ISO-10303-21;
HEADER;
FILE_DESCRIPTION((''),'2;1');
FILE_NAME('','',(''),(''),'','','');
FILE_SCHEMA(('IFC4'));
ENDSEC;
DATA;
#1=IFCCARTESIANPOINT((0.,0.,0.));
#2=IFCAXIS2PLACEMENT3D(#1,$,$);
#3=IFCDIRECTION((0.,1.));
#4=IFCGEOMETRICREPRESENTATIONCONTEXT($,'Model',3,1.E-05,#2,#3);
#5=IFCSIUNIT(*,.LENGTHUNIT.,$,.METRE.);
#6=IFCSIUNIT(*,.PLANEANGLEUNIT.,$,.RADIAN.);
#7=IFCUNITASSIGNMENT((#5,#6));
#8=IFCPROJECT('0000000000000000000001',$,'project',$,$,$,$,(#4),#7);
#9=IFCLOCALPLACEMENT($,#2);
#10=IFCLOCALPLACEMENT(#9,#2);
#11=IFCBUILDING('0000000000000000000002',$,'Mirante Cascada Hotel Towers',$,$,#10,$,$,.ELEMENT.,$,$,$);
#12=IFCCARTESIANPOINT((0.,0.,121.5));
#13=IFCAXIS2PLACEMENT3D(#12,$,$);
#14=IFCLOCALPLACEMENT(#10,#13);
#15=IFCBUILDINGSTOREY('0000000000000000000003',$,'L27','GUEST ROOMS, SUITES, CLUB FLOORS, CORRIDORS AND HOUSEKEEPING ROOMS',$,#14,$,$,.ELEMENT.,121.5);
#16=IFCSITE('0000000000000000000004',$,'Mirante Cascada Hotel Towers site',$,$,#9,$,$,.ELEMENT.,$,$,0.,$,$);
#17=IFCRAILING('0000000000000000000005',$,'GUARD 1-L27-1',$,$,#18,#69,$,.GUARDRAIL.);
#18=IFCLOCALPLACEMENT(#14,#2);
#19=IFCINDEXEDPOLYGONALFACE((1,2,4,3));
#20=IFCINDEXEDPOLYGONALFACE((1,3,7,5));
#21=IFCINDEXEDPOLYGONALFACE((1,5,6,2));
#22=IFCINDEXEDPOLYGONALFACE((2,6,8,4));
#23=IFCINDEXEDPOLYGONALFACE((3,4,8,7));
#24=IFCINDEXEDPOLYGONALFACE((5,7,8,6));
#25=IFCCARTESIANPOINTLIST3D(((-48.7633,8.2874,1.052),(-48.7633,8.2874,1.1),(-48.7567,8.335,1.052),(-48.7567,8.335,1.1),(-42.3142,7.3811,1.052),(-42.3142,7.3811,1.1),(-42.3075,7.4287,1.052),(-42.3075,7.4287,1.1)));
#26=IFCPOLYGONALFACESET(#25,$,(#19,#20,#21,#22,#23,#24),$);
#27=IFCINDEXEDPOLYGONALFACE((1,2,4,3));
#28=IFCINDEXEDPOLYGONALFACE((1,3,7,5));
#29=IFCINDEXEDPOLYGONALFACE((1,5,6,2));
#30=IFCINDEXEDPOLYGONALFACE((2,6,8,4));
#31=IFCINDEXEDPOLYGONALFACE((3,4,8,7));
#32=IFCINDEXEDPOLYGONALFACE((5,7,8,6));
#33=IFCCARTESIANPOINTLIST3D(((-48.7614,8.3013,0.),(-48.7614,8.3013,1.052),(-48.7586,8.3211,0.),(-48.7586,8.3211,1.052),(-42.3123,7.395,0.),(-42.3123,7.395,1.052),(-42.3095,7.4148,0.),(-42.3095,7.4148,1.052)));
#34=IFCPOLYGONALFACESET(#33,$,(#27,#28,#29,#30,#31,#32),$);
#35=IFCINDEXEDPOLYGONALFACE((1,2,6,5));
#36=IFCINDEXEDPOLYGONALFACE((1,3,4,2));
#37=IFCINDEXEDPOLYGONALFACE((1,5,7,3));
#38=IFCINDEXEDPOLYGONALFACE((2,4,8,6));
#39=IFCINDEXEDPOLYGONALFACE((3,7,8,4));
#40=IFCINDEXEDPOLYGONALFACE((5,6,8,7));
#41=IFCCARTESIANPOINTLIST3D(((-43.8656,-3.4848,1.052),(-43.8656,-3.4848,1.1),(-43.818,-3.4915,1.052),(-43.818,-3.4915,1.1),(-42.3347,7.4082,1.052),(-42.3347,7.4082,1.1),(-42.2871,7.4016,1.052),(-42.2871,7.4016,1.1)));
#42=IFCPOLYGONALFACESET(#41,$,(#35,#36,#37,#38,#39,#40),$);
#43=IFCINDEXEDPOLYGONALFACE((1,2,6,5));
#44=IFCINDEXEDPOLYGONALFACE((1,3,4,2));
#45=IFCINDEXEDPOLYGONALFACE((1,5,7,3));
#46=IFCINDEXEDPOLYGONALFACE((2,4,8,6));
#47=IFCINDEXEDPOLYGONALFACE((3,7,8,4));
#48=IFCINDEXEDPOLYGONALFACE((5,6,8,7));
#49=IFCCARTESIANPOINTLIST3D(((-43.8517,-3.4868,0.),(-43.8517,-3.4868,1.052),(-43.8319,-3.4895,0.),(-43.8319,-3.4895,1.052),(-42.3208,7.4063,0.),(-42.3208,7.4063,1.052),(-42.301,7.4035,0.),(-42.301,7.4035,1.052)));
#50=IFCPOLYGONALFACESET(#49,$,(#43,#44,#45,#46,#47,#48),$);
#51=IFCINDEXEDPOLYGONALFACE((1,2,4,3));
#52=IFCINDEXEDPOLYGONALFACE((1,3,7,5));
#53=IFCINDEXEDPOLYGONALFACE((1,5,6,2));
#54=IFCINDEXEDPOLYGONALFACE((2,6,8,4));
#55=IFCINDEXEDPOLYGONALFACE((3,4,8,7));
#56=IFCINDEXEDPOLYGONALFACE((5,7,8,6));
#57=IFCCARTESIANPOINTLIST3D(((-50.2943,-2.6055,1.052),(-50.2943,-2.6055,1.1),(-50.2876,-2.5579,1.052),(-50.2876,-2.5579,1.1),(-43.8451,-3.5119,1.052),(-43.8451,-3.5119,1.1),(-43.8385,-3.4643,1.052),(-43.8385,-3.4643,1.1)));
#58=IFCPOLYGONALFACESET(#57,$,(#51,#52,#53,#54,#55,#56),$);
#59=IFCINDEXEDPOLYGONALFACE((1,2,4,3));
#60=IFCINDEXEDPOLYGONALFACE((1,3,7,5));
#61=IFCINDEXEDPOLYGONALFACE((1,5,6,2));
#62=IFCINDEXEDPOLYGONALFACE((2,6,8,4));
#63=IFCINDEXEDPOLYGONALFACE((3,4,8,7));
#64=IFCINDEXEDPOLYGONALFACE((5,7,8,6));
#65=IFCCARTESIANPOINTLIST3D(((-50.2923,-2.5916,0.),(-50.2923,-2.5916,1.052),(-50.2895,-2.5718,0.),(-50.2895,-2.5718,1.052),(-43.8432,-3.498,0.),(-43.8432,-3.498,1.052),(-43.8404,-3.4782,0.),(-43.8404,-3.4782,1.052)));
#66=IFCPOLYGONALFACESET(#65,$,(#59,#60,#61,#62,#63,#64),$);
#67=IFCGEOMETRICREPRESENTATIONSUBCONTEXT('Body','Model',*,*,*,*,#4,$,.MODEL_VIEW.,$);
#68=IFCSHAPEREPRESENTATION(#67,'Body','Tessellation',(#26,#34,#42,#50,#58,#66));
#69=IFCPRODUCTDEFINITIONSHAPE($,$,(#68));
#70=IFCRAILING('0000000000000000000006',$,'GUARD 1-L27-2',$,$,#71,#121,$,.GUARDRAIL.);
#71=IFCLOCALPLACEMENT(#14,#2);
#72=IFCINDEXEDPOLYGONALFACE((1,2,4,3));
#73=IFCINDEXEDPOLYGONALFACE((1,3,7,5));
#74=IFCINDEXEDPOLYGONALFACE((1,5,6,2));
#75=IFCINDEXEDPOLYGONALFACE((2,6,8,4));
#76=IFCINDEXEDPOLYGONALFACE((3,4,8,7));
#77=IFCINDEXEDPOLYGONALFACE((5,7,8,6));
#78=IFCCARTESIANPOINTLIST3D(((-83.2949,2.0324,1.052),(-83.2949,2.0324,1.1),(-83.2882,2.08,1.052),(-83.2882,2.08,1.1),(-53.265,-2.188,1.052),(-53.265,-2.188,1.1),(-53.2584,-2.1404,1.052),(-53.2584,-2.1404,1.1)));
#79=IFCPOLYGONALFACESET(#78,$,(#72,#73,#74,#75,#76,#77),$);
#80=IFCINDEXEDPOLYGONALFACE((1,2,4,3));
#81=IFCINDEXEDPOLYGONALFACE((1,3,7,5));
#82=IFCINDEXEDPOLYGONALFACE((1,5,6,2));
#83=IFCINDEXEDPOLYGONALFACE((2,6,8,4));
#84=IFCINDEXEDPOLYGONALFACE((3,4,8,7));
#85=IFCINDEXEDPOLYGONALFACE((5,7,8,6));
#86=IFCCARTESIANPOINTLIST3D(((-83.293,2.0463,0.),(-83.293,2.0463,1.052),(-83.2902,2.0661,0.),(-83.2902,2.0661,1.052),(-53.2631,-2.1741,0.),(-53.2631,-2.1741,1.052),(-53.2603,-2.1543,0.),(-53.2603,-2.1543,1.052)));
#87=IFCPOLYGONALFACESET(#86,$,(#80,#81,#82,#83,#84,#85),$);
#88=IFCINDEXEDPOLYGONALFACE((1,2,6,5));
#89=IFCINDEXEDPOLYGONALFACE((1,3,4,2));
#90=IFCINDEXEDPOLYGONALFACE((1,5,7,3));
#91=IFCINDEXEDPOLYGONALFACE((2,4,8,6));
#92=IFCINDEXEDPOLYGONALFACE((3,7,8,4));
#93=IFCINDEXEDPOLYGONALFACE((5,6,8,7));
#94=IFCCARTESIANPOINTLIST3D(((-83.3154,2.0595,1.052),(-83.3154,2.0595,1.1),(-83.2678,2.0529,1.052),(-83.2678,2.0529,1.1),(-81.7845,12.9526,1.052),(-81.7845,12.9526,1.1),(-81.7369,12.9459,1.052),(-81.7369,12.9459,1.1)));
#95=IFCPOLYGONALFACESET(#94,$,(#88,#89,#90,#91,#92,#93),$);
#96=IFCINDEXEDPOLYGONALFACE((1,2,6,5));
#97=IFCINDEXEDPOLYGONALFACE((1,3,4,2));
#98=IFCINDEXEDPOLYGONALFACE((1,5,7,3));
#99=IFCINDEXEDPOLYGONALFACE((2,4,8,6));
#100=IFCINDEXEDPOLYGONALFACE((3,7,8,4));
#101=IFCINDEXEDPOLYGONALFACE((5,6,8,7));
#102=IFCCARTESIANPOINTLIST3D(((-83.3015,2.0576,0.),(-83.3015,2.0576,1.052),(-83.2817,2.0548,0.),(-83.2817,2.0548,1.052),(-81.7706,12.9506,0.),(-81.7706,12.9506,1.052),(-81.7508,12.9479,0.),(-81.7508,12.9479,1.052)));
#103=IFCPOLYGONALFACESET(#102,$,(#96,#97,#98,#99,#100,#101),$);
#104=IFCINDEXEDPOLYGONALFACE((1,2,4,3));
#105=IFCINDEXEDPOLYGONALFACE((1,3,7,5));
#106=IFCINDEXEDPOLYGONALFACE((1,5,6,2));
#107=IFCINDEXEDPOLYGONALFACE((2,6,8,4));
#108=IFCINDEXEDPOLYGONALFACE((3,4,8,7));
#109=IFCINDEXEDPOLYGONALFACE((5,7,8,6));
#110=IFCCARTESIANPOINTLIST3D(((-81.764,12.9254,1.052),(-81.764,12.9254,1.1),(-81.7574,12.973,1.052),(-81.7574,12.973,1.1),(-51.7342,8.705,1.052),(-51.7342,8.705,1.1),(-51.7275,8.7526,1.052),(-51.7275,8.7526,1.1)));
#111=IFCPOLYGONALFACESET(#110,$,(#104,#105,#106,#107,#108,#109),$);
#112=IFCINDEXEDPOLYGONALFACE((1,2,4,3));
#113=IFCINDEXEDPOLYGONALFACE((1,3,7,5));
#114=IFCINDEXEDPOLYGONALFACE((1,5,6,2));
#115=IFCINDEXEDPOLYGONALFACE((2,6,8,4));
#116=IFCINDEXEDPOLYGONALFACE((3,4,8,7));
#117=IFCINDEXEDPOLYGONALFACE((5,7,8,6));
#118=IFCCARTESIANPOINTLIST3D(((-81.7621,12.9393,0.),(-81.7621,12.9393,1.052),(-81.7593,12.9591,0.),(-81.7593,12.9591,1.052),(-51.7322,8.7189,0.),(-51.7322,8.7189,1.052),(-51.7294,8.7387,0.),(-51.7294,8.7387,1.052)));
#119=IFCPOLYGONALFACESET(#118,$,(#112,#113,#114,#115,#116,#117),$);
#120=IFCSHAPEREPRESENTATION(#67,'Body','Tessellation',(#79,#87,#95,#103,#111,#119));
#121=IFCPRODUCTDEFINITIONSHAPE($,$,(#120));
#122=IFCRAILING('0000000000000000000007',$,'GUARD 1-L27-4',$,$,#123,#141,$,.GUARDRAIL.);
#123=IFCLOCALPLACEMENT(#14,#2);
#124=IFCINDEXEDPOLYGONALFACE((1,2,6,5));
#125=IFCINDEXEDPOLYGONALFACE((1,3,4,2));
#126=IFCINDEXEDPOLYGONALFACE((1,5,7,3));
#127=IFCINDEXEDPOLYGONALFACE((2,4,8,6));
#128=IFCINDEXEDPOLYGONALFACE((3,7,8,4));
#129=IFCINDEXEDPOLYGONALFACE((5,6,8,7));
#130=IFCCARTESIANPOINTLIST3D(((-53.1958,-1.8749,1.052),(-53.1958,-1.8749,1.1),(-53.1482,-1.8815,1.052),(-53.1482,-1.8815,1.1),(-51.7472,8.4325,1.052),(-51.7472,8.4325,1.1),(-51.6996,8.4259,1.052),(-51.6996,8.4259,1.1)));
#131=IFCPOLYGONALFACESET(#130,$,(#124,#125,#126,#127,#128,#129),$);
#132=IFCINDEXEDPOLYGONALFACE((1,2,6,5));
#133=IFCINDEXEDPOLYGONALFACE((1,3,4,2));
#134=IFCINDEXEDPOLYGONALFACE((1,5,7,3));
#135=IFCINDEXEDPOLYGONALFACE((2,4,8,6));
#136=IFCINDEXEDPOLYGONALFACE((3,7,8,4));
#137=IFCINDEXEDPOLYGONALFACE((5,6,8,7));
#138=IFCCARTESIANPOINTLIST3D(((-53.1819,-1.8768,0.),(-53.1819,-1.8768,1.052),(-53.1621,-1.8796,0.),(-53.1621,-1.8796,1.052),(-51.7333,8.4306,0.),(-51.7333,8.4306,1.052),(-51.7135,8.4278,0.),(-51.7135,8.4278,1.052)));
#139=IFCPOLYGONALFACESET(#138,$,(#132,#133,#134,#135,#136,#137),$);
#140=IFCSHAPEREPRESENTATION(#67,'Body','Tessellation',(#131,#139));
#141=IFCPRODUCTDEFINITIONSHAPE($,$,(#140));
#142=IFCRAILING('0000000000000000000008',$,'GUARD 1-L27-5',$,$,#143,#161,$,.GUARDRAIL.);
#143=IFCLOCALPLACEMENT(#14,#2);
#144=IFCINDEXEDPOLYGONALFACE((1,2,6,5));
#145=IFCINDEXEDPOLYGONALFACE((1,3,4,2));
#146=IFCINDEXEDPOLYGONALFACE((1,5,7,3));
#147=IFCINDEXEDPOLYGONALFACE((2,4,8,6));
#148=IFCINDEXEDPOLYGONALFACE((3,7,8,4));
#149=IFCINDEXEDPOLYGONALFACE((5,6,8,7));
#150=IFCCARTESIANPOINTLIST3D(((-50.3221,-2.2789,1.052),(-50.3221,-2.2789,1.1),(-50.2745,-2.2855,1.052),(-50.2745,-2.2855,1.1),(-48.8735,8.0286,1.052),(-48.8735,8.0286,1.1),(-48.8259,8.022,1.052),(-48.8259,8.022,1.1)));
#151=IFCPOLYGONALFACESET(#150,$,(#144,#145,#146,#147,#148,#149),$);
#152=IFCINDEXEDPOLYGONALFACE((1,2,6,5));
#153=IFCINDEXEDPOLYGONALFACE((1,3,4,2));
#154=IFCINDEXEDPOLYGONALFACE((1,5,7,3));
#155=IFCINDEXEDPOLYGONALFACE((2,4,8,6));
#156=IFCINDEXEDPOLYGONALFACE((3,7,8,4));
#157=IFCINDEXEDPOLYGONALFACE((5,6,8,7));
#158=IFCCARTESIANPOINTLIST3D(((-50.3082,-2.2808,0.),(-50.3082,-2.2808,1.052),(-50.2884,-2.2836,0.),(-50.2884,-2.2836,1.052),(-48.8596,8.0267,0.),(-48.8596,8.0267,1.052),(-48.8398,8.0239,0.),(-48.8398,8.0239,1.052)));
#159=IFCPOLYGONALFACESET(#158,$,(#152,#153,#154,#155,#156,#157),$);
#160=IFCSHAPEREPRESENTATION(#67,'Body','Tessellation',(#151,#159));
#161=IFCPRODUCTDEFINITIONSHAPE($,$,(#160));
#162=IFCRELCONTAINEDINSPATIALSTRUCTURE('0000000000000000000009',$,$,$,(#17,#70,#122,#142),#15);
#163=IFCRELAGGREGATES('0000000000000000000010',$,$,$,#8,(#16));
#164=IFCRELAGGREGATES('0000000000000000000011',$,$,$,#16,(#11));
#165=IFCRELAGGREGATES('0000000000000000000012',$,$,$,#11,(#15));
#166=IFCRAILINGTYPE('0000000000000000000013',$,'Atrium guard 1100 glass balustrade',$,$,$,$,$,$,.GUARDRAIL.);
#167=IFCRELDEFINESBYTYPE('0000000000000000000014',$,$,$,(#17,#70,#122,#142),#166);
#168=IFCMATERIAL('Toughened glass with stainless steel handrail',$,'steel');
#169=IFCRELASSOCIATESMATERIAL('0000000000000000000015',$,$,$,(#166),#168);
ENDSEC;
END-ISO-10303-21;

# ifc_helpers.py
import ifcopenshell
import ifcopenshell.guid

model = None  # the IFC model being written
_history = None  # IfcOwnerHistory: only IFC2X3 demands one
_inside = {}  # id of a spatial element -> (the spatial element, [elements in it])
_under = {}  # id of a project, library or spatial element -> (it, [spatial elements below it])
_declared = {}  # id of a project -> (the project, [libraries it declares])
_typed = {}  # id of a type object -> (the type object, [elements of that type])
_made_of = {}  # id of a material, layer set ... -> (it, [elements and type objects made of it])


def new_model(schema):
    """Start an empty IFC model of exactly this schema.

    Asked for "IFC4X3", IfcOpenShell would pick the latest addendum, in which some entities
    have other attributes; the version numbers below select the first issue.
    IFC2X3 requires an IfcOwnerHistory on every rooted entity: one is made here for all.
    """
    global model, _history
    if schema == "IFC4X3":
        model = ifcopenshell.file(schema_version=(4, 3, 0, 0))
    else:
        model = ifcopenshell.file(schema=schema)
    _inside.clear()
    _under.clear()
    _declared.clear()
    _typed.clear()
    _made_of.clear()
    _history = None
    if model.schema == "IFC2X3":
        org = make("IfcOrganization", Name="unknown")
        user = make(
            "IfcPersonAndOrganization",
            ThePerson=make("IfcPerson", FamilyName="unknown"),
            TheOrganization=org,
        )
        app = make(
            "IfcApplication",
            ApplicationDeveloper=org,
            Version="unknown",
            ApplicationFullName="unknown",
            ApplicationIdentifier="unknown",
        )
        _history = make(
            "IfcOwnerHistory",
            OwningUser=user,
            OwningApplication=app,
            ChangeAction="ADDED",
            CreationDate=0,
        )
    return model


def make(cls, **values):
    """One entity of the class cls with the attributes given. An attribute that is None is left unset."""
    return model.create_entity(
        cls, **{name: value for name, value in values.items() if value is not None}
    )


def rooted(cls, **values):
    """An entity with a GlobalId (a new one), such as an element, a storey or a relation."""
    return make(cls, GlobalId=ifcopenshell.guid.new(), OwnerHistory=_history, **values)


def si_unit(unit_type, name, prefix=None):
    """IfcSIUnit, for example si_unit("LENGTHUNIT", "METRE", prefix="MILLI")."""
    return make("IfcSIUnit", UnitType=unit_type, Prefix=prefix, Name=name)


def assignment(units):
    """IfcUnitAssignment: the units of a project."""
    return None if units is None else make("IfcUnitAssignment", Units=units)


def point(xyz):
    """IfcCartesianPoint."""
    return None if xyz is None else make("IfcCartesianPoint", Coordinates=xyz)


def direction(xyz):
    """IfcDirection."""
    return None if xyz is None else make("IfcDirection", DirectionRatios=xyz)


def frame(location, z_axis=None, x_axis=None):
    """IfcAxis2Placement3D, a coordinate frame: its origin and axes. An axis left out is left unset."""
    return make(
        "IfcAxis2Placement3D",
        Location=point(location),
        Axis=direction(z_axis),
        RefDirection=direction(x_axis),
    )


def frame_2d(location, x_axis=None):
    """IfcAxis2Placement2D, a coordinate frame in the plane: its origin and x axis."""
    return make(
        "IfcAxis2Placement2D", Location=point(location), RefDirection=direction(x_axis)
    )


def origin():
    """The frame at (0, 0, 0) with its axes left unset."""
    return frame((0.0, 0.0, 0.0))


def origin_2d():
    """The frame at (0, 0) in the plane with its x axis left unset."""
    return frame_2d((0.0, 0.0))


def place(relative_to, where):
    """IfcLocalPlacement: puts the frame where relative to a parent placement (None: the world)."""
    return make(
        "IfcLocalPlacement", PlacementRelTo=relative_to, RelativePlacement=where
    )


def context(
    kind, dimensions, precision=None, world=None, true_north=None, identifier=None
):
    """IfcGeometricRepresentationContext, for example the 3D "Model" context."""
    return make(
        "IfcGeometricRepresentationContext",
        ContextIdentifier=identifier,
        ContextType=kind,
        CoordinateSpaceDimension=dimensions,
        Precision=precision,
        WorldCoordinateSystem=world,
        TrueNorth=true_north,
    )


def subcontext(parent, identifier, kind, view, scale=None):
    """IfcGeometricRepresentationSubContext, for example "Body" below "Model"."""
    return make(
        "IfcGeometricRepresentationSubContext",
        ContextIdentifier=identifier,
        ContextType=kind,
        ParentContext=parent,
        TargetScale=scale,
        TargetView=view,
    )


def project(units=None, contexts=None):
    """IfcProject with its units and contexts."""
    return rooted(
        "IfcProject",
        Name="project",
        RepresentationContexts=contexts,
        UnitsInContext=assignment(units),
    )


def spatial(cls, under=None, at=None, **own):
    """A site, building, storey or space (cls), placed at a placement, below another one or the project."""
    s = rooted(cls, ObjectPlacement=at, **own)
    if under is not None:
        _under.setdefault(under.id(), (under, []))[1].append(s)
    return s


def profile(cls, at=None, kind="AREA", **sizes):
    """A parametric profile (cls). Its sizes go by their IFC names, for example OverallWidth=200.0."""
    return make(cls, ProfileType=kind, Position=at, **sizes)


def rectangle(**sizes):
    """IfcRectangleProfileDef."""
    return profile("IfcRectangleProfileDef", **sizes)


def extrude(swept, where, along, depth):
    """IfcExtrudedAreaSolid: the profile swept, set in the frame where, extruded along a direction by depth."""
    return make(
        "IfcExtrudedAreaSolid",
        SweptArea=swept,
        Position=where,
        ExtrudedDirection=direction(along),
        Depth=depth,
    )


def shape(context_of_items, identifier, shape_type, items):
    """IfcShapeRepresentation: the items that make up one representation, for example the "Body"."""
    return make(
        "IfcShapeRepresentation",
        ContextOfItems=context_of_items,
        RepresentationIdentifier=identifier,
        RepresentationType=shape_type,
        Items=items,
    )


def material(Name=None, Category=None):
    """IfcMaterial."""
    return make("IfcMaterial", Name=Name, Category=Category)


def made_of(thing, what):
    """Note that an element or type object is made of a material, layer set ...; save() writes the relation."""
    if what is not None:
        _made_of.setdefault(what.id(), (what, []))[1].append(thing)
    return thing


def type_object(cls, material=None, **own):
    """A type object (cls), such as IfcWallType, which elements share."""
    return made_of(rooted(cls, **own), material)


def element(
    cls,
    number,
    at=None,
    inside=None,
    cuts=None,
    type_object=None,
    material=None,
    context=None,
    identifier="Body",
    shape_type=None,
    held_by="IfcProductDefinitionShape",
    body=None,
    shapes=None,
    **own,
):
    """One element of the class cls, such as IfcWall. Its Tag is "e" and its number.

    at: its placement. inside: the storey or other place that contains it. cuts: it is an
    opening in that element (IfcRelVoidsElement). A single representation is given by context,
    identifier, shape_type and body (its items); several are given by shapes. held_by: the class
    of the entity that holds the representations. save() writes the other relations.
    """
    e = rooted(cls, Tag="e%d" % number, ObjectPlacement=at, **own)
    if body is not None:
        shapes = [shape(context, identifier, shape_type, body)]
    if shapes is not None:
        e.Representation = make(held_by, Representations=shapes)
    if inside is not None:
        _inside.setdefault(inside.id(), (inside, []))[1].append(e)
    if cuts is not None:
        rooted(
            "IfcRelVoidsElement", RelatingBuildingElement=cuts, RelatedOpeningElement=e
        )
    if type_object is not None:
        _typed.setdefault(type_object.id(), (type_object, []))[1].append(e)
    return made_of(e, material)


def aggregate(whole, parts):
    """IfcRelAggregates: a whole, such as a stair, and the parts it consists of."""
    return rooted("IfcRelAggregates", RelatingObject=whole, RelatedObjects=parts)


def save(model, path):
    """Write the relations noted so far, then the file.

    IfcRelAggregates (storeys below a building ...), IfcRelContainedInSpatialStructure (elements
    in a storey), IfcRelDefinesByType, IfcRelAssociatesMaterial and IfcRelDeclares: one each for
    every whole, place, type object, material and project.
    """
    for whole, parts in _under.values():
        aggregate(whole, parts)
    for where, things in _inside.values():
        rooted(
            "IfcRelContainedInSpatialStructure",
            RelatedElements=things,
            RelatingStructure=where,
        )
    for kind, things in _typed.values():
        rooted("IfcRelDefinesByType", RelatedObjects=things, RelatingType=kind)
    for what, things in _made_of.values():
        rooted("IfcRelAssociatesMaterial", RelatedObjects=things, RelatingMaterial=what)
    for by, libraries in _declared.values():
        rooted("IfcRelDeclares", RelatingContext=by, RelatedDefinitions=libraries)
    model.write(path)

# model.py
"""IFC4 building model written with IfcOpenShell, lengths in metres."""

from ifc_helpers import new_model, si_unit, direction, frame, origin, origin_2d, place, context, subcontext, project, spatial, rectangle, extrude, material, type_object, element, save


model = new_model("IFC4")

# Units and contexts
model_context = context("Model", 3, precision=1e-05, world=origin(), true_north=direction((0.0, 1.0)))
body_context = subcontext(model_context, "Body", "Model", "MODEL_VIEW")
ifc_project = project(units=[si_unit("LENGTHUNIT", "METRE"), si_unit("PLANEANGLEUNIT", "RADIAN")], contexts=[model_context])

# Site, building, storey
site_placement = place(None, origin())
site = spatial("IfcSite", under=ifc_project, at=site_placement, Name="Mirante Cascada Hotel Towers site", CompositionType="ELEMENT", RefElevation=0.0)
building_placement = place(site_placement, origin())
building = spatial("IfcBuilding", under=site, at=building_placement, Name="Mirante Cascada Hotel Towers", CompositionType="ELEMENT")
storey_placement = place(building_placement, frame((0.0, 0.0, 121.5)))
storey = spatial("IfcBuildingStorey", under=building, at=storey_placement, Name="L27", Description="GUEST ROOMS, SUITES, CLUB FLOORS, CORRIDORS AND HOUSEKEEPING ROOMS", CompositionType="ELEMENT", Elevation=121.5)

# Railings
ifc_material_1 = material(Name="Toughened glass with stainless steel handrail", Category="steel")
railing_type = type_object("IfcRailingType", Name="Atrium guard 1100 glass balustrade", PredefinedType="GUARDRAIL", material=ifc_material_1)
railing_1_placement = place(storey_placement, frame((-48.76, 8.3112, 0.0)))
element("IfcRailing", 1, at=railing_1_placement, inside=storey, type_object=railing_type, Name="GUARD 1-L27-1", PredefinedType="GUARDRAIL", context=body_context, shape_type="SweptSolid", body=[
    extrude(rectangle(XDim=0.048, YDim=0.048, at=origin_2d()), frame((0.0, 0.0, 1.076), z_axis=(0.990269, -0.139164, 0.0), x_axis=(0.139164, 0.990269, 0.0)), (0.0, 0.0, 1.0), 6.5125),
    extrude(rectangle(XDim=0.02, YDim=1.052, at=origin_2d()), frame((0.0, 0.0, 0.526), z_axis=(0.990269, -0.139164, 0.0), x_axis=(0.139164, 0.990269, 0.0)), (0.0, 0.0, 1.0), 6.5125),
    extrude(rectangle(XDim=0.048, YDim=0.048, at=origin_2d()), frame((6.4491, -0.9063, 1.076), z_axis=(-0.139172, -0.990268, 0.0), x_axis=(0.990268, -0.139172, 0.0)), (0.0, 0.0, 1.0), 11.0001),
    extrude(rectangle(XDim=0.02, YDim=1.052, at=origin_2d()), frame((6.4491, -0.9063, 0.526), z_axis=(-0.139172, -0.990268, 0.0), x_axis=(0.990268, -0.139172, 0.0)), (0.0, 0.0, 1.0), 11.0001),
    extrude(rectangle(XDim=0.048, YDim=0.048, at=origin_2d()), frame((4.9182, -11.7993, 1.076), z_axis=(-0.990267, 0.139179, 0.0), x_axis=(-0.139179, -0.990267, 0.0)), (0.0, 0.0, 1.0), 6.5125),
    extrude(rectangle(XDim=0.02, YDim=1.052, at=origin_2d()), frame((4.9182, -11.7993, 0.526), z_axis=(-0.990267, 0.139179, 0.0), x_axis=(-0.139179, -0.990267, 0.0)), (0.0, 0.0, 1.0), 6.5125),
])
railing_2_placement = place(storey_placement, frame((-53.2617, -2.1642, 0.0)))
element("IfcRailing", 2, at=railing_2_placement, inside=storey, type_object=railing_type, Name="GUARD 1-L27-2", PredefinedType="GUARDRAIL", context=body_context, shape_type="SweptSolid", body=[
    extrude(rectangle(XDim=0.048, YDim=0.048, at=origin_2d()), frame((0.0, 0.0, 1.076), z_axis=(-0.990268, 0.139172, 0.0), x_axis=(-0.139172, -0.990268, 0.0)), (0.0, 0.0, 1.0), 30.325),
    extrude(rectangle(XDim=0.02, YDim=1.052, at=origin_2d()), frame((0.0, 0.0, 0.526), z_axis=(-0.990268, 0.139172, 0.0), x_axis=(-0.139172, -0.990268, 0.0)), (0.0, 0.0, 1.0), 30.325),
    extrude(rectangle(XDim=0.048, YDim=0.048, at=origin_2d()), frame((-30.0299, 4.2204, 1.076), z_axis=(0.139172, 0.990268, 0.0), x_axis=(-0.990268, 0.139172, 0.0)), (0.0, 0.0, 1.0), 11.0001),
    extrude(rectangle(XDim=0.02, YDim=1.052, at=origin_2d()), frame((-30.0299, 4.2204, 0.526), z_axis=(0.139172, 0.990268, 0.0), x_axis=(-0.990268, 0.139172, 0.0)), (0.0, 0.0, 1.0), 11.0001),
    extrude(rectangle(XDim=0.048, YDim=0.048, at=origin_2d()), frame((-28.499, 15.1134, 1.076), z_axis=(0.990268, -0.139172, 0.0), x_axis=(0.139172, 0.990268, 0.0)), (0.0, 0.0, 1.0), 30.325),
    extrude(rectangle(XDim=0.02, YDim=1.052, at=origin_2d()), frame((-28.499, 15.1134, 0.526), z_axis=(0.990268, -0.139172, 0.0), x_axis=(0.139172, 0.990268, 0.0)), (0.0, 0.0, 1.0), 30.325),
])
railing_3_placement = place(storey_placement, frame((-53.172, -1.8782, 0.0)))
element("IfcRailing", 3, at=railing_3_placement, inside=storey, type_object=railing_type, Name="GUARD 1-L27-4", PredefinedType="GUARDRAIL", context=body_context, shape_type="SweptSolid", body=[
    extrude(rectangle(XDim=0.048, YDim=0.048, at=origin_2d()), frame((0.0, 0.0, 1.076), z_axis=(0.139172, 0.990268, 0.0), x_axis=(-0.990268, 0.139172, 0.0)), (0.0, 0.0, 1.0), 10.4087),
    extrude(rectangle(XDim=0.02, YDim=1.052, at=origin_2d()), frame((0.0, 0.0, 0.526), z_axis=(0.139172, 0.990268, 0.0), x_axis=(-0.990268, 0.139172, 0.0)), (0.0, 0.0, 1.0), 10.4087),
])
railing_4_placement = place(storey_placement, frame((-48.8497, 8.0253, 0.0)))
element("IfcRailing", 4, at=railing_4_placement, inside=storey, type_object=railing_type, Name="GUARD 1-L27-5", PredefinedType="GUARDRAIL", context=body_context, shape_type="SweptSolid", body=[
    extrude(rectangle(XDim=0.048, YDim=0.048, at=origin_2d()), frame((0.0, 0.0, 1.076), z_axis=(-0.139171, -0.990268, 0.0), x_axis=(0.990268, -0.139171, 0.0)), (0.0, 0.0, 1.0), 10.4088),
    extrude(rectangle(XDim=0.02, YDim=1.052, at=origin_2d()), frame((0.0, 0.0, 0.526), z_axis=(-0.139171, -0.990268, 0.0), x_axis=(0.990268, -0.139171, 0.0)), (0.0, 0.0, 1.0), 10.4088),
])

save(model, "model.ifc")
